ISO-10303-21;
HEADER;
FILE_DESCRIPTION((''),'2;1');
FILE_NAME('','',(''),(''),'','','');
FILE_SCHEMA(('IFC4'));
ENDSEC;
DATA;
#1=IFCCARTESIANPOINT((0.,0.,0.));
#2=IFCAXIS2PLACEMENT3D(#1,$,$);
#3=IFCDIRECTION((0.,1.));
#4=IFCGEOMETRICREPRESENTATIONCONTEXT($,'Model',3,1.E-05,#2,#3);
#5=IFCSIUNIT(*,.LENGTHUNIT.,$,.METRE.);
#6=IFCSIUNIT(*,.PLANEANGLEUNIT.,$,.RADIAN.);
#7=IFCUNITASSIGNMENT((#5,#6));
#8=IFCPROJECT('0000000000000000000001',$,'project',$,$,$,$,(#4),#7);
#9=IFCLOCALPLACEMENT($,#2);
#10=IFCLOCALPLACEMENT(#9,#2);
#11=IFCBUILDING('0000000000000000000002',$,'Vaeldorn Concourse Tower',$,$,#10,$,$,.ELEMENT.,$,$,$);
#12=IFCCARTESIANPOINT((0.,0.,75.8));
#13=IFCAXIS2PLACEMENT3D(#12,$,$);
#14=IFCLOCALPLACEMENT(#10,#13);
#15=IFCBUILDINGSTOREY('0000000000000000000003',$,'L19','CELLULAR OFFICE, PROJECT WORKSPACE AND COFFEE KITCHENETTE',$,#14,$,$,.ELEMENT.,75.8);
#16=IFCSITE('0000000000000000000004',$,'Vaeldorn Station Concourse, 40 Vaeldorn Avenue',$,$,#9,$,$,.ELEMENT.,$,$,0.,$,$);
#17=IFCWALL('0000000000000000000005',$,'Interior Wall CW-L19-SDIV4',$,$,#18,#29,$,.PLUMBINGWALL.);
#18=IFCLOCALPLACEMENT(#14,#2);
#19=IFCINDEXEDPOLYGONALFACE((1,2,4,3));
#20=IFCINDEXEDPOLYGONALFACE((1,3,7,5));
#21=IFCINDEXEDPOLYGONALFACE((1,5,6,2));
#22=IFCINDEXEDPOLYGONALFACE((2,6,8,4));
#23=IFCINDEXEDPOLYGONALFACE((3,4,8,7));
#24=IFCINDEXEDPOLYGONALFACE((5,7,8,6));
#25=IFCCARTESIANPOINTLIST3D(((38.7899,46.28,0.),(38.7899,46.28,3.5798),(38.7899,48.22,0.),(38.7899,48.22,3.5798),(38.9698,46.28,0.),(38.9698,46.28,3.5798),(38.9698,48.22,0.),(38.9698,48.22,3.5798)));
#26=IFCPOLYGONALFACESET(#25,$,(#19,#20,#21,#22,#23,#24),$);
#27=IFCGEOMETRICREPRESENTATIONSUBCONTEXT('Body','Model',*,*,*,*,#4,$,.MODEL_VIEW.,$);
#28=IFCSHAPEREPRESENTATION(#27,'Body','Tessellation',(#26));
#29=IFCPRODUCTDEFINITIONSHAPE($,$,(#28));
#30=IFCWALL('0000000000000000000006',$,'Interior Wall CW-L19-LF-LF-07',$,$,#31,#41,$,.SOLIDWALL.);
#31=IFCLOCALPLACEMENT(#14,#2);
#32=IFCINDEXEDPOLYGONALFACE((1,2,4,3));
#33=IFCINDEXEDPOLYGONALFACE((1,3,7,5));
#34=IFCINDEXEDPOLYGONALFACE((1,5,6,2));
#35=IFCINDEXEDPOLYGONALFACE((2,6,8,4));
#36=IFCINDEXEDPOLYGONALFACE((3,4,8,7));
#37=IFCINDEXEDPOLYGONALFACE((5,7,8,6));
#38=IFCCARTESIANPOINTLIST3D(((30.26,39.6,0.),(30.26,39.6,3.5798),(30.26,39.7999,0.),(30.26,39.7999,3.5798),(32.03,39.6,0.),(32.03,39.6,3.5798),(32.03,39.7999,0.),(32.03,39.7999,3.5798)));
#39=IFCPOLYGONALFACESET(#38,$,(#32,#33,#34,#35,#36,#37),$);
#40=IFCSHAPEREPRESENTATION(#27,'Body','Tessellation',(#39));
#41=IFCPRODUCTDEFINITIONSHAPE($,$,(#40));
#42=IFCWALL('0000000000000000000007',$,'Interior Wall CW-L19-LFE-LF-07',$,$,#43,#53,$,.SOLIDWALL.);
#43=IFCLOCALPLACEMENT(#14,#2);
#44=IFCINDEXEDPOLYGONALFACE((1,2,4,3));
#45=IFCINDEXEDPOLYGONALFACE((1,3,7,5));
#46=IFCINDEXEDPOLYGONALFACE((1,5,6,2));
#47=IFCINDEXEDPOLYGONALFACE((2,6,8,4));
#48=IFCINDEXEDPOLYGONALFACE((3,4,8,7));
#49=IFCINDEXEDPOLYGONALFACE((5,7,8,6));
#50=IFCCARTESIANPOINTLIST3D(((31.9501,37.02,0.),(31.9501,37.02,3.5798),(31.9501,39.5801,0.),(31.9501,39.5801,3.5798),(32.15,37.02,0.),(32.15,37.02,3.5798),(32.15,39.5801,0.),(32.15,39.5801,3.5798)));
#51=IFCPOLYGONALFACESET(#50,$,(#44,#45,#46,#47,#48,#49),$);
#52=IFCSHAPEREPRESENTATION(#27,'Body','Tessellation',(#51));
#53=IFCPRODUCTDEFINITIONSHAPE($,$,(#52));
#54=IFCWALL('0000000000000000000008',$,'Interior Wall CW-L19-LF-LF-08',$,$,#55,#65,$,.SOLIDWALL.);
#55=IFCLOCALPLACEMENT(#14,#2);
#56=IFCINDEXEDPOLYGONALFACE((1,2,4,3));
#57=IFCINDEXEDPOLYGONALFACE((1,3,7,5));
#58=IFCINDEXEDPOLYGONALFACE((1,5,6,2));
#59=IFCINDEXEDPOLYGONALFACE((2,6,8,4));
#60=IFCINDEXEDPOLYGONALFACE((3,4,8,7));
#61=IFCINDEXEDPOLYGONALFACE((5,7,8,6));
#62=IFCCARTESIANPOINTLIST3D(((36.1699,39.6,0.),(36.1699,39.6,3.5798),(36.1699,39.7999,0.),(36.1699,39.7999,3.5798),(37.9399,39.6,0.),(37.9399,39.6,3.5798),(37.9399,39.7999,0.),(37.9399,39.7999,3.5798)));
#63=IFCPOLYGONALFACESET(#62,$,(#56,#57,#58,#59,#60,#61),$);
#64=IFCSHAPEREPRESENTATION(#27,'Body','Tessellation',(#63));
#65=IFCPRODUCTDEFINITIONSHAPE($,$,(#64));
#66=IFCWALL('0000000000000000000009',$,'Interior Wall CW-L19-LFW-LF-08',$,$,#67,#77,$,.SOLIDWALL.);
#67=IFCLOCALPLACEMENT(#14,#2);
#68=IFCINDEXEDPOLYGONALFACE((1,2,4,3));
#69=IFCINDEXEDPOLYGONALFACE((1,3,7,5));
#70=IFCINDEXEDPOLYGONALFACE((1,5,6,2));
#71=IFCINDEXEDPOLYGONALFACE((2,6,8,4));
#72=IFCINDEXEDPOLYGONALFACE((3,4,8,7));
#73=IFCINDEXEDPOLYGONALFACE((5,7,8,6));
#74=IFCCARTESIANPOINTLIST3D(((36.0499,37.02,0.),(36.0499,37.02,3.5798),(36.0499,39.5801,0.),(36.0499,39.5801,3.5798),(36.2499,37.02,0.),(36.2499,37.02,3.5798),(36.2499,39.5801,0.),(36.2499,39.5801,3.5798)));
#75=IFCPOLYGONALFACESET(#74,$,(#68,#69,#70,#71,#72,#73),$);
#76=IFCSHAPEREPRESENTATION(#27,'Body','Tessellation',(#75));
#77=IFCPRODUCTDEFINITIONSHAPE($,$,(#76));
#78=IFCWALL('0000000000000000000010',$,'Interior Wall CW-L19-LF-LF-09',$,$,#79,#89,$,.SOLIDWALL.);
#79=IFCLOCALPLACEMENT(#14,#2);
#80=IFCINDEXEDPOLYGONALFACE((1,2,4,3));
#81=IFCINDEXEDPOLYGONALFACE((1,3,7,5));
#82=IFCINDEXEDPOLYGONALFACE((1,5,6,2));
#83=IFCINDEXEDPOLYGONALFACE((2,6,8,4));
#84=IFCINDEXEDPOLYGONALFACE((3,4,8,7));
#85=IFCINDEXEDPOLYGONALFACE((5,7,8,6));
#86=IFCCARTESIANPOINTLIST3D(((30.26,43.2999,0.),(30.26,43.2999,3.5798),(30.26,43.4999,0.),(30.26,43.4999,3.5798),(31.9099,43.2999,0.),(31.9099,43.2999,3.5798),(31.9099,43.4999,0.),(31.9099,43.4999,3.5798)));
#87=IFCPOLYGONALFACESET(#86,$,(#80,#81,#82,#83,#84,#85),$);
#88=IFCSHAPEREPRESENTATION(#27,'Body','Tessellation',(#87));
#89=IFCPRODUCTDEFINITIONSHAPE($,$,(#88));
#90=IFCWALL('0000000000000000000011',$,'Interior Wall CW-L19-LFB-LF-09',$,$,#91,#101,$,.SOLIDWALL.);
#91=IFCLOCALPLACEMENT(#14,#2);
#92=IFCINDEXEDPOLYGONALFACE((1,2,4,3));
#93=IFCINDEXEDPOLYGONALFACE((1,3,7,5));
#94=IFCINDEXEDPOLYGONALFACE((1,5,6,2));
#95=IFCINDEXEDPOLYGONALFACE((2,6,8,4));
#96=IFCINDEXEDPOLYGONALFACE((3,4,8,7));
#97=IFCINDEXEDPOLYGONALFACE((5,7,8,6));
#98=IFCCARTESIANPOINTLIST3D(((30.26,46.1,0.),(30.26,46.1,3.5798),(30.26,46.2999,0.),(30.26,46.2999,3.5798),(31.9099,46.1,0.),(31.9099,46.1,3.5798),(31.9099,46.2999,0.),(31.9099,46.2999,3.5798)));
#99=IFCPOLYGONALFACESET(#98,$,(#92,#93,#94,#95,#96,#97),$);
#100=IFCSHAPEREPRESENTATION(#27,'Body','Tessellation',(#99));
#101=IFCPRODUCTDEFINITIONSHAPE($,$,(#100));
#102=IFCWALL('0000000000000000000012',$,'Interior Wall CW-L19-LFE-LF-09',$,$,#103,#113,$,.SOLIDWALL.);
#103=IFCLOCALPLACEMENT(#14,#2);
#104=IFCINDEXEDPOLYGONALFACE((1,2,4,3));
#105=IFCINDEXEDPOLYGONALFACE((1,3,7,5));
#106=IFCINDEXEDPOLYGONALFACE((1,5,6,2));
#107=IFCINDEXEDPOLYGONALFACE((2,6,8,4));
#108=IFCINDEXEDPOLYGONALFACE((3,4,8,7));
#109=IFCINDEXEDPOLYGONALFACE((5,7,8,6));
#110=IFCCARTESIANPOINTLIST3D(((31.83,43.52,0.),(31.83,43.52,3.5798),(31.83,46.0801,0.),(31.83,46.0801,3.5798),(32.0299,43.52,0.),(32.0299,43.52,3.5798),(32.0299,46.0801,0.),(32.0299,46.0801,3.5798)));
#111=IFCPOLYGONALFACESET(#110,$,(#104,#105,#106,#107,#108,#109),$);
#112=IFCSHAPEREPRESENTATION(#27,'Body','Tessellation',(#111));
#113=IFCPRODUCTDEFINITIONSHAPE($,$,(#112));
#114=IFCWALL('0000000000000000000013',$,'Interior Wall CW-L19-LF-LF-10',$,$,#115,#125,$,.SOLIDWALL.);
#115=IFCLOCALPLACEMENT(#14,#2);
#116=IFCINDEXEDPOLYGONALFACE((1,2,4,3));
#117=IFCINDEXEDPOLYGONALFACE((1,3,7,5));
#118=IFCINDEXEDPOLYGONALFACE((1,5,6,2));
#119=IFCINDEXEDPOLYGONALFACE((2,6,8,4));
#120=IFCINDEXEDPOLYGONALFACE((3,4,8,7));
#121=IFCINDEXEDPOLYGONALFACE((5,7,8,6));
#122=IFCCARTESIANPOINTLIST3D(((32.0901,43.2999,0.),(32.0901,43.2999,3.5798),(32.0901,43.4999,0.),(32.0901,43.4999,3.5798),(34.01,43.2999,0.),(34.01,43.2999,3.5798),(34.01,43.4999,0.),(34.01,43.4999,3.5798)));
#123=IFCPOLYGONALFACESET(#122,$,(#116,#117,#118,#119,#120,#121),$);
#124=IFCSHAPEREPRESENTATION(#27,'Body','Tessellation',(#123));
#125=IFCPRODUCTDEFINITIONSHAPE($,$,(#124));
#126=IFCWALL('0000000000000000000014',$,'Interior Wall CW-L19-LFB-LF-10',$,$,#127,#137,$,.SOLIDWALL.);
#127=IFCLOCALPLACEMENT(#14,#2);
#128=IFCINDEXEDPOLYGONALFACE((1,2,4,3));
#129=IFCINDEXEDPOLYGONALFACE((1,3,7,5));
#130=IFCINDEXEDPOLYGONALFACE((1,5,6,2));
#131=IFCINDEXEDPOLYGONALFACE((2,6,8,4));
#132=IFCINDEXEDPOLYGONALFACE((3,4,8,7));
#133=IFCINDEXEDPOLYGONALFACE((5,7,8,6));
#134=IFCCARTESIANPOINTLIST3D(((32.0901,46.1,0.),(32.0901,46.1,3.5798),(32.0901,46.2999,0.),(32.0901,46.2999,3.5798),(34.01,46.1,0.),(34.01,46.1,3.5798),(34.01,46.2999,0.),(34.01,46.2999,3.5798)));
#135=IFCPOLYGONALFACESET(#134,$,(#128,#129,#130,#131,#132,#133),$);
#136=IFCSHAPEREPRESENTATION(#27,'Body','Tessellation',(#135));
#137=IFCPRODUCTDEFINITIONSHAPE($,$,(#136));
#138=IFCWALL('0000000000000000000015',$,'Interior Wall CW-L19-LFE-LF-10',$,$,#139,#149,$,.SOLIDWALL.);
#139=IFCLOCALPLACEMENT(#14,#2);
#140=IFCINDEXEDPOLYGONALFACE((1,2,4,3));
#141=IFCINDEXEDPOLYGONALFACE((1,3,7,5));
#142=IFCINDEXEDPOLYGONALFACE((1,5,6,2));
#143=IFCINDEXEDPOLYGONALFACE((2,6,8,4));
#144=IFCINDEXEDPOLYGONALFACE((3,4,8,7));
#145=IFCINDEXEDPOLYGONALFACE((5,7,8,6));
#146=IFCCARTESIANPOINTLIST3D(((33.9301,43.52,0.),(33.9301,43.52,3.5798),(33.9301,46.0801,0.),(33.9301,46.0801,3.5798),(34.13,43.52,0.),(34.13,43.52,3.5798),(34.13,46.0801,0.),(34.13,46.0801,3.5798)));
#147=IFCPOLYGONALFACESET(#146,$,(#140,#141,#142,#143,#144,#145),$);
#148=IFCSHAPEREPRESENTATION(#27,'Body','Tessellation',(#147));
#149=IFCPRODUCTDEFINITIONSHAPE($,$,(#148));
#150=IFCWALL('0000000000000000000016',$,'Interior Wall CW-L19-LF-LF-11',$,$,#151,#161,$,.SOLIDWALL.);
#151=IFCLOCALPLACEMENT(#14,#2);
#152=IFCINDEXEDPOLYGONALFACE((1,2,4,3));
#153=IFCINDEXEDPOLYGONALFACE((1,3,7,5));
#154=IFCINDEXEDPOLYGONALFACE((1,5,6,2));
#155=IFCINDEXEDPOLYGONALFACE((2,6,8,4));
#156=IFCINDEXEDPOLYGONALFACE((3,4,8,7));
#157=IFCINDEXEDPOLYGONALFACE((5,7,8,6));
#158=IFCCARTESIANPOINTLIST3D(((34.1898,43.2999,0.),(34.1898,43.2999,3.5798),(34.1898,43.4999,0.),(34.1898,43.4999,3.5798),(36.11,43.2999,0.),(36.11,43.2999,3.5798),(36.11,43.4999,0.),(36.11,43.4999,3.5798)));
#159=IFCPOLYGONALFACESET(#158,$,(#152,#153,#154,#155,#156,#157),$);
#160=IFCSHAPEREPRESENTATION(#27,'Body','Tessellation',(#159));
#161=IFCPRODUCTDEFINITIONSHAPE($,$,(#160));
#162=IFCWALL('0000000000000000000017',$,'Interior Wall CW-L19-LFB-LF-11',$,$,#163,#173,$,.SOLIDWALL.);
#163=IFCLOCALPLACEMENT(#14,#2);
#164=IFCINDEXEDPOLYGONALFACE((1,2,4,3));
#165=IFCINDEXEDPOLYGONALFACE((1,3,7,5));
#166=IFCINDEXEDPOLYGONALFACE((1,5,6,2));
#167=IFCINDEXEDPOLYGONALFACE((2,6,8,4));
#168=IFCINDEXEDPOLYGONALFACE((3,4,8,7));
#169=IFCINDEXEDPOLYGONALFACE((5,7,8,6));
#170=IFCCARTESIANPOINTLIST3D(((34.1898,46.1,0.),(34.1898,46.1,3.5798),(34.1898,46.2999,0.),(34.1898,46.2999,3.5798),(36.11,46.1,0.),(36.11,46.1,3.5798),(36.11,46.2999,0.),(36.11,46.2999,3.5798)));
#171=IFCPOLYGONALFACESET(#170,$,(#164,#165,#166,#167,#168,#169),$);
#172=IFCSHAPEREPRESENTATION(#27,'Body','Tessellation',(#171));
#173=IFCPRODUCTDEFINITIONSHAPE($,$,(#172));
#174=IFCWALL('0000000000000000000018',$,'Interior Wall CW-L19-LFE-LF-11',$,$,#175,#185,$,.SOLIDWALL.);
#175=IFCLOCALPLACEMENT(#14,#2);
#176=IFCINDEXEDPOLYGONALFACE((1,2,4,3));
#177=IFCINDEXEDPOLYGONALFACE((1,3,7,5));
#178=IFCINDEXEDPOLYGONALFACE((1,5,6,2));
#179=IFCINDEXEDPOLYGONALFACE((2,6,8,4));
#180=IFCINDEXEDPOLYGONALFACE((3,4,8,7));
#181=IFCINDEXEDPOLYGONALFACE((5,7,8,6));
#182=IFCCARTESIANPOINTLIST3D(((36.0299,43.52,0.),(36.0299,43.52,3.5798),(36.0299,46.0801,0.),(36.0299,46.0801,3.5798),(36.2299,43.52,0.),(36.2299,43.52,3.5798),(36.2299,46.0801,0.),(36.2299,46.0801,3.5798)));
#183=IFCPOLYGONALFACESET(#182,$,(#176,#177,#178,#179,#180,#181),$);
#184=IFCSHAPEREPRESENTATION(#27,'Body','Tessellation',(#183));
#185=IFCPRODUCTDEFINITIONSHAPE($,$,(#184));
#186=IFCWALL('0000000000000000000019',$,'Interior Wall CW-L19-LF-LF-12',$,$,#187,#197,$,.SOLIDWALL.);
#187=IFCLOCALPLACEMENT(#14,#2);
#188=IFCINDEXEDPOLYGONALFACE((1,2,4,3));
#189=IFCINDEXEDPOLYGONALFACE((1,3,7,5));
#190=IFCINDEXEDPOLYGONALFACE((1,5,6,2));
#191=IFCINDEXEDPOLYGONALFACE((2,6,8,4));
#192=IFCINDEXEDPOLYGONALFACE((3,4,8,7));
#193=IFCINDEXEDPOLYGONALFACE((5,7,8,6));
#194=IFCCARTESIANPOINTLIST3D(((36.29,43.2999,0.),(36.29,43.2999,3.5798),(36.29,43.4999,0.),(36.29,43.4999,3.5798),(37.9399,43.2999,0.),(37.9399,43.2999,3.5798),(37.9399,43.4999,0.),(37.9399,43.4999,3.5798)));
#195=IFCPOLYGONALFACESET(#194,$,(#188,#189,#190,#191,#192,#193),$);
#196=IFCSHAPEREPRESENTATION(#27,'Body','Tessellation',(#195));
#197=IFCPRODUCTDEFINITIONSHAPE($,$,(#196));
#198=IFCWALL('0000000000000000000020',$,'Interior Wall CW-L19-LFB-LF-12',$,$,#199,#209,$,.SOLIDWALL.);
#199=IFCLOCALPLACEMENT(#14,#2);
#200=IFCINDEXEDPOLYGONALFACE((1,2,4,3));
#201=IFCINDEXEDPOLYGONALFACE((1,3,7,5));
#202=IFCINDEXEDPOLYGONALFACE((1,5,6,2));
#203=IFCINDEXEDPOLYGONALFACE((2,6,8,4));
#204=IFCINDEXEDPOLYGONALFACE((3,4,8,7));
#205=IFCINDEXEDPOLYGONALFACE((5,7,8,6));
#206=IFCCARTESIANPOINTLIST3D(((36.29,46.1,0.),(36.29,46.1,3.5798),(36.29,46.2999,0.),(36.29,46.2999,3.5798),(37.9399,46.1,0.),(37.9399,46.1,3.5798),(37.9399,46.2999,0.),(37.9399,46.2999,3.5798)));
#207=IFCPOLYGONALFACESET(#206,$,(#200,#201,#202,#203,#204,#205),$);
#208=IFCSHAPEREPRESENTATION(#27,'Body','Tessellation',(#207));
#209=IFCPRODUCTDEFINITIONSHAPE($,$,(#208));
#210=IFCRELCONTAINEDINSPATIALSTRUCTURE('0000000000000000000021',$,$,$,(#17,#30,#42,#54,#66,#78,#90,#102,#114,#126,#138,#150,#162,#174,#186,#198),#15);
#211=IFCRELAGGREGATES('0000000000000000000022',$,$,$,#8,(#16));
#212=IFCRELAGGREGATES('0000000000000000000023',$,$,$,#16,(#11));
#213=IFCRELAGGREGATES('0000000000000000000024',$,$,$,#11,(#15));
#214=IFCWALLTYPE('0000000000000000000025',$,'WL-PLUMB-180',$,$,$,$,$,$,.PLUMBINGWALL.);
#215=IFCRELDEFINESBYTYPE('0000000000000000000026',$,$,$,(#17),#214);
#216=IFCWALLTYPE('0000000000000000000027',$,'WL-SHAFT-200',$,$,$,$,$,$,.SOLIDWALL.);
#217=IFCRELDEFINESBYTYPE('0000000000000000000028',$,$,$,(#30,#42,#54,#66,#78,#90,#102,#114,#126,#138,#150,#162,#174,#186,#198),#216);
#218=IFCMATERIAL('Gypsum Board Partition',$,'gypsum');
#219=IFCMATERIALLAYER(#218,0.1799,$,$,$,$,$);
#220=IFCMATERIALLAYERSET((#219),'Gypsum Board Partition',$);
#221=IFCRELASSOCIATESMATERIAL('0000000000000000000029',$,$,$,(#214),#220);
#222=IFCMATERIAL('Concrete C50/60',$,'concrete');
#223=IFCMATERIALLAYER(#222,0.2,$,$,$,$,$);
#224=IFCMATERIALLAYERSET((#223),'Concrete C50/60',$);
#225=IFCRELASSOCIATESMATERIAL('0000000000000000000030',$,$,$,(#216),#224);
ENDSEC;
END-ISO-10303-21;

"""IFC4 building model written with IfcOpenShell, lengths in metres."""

from ifc_helpers import new_model, si_unit, direction, frame, frame_2d, origin, place, context, subcontext, project, spatial, rectangle, extrude, material, layer, layer_set, type_object, element, save


model = new_model("IFC4")

# Units and contexts
model_context = context("Model", 3, precision=1e-05, world=origin(), true_north=direction((0.0, 1.0)))
body_context = subcontext(model_context, "Body", "Model", "MODEL_VIEW")
ifc_project = project(units=[si_unit("LENGTHUNIT", "METRE"), si_unit("PLANEANGLEUNIT", "RADIAN")], contexts=[model_context])

# Site, building, storey
site_placement = place(None, origin())
site = spatial("IfcSite", under=ifc_project, at=site_placement, Name="Vaeldorn Station Concourse, 40 Vaeldorn Avenue", CompositionType="ELEMENT", RefElevation=0.0)
building_placement = place(site_placement, origin())
building = spatial("IfcBuilding", under=site, at=building_placement, Name="Vaeldorn Concourse Tower", CompositionType="ELEMENT")
storey_placement = place(building_placement, frame((0.0, 0.0, 75.8)))
storey = spatial("IfcBuildingStorey", under=building, at=storey_placement, Name="L19", Description="CELLULAR OFFICE, PROJECT WORKSPACE AND COFFEE KITCHENETTE", CompositionType="ELEMENT", Elevation=75.8)

# Shared definitions
ifc_material_1 = material(Name="Gypsum Board Partition", Category="gypsum")

# Walls
ifc_layer_1 = layer(ifc_material_1, 0.1799)
ifc_layer_set_1 = layer_set([ifc_layer_1], Name="Gypsum Board Partition")
wall_type_1 = type_object("IfcWallType", Name="WL-PLUMB-180", PredefinedType="PLUMBINGWALL", material=ifc_layer_set_1)
for number, where, z_axis, x_axis, name in (
    (1, (38.8799, 46.28, 0.0), (0.0, 0.0, 1.0), (0.0, 1.0, 0.0), "Interior Wall CW-L19-SDIV4"),
):
    element("IfcWall", number, at=place(storey_placement, frame(where, z_axis=z_axis, x_axis=x_axis)), inside=storey, type_object=wall_type_1, Name=name, PredefinedType="PLUMBINGWALL", context=body_context, shape_type="SweptSolid", body=[
        extrude(rectangle(XDim=1.9399, YDim=0.1799, at=frame_2d((0.97, 0.0))), origin(), (0.0, 0.0, 1.0), 3.5798),
    ])
ifc_material_2 = material(Name="Concrete C50/60", Category="concrete")
ifc_layer_2 = layer(ifc_material_2, 0.2)
ifc_layer_set_2 = layer_set([ifc_layer_2], Name="Concrete C50/60")
wall_type_2 = type_object("IfcWallType", Name="WL-SHAFT-200", PredefinedType="SOLIDWALL", material=ifc_layer_set_2)
wall_1_placement = place(storey_placement, frame((30.26, 39.7, 0.0), z_axis=(0.0, 0.0, 1.0), x_axis=(1.0, 0.0, 0.0)))
element("IfcWall", 2, at=wall_1_placement, inside=storey, type_object=wall_type_2, Name="Interior Wall CW-L19-LF-LF-07", PredefinedType="SOLIDWALL", context=body_context, shape_type="SweptSolid", body=[
    extrude(rectangle(XDim=1.77, YDim=0.2, at=frame_2d((0.885, 0.0))), origin(), (0.0, 0.0, 1.0), 3.5798),
])
wall_2_placement = place(storey_placement, frame((32.05, 37.02, 0.0), z_axis=(0.0, 0.0, 1.0), x_axis=(0.0, 1.0, 0.0)))
element("IfcWall", 3, at=wall_2_placement, inside=storey, type_object=wall_type_2, Name="Interior Wall CW-L19-LFE-LF-07", PredefinedType="SOLIDWALL", context=body_context, shape_type="SweptSolid", body=[
    extrude(rectangle(XDim=2.5601, YDim=0.2, at=frame_2d((1.28, 0.0))), origin(), (0.0, 0.0, 1.0), 3.5798),
])
wall_3_placement = place(storey_placement, frame((36.1699, 39.7, 0.0), z_axis=(0.0, 0.0, 1.0), x_axis=(1.0, 0.0, 0.0)))
element("IfcWall", 4, at=wall_3_placement, inside=storey, type_object=wall_type_2, Name="Interior Wall CW-L19-LF-LF-08", PredefinedType="SOLIDWALL", context=body_context, shape_type="SweptSolid", body=[
    extrude(rectangle(XDim=1.77, YDim=0.2, at=frame_2d((0.885, 0.0))), origin(), (0.0, 0.0, 1.0), 3.5798),
])
wall_4_placement = place(storey_placement, frame((36.1499, 37.02, 0.0), z_axis=(0.0, 0.0, 1.0), x_axis=(0.0, 1.0, 0.0)))
element("IfcWall", 5, at=wall_4_placement, inside=storey, type_object=wall_type_2, Name="Interior Wall CW-L19-LFW-LF-08", PredefinedType="SOLIDWALL", context=body_context, shape_type="SweptSolid", body=[
    extrude(rectangle(XDim=2.5601, YDim=0.2, at=frame_2d((1.28, 0.0))), origin(), (0.0, 0.0, 1.0), 3.5798),
])
for number, where, z_axis, x_axis, name in (
    (6, (30.26, 43.3999, 0.0), (0.0, 0.0, 1.0), (1.0, 0.0, 0.0), "Interior Wall CW-L19-LF-LF-09"),
    (7, (30.26, 46.2, 0.0), (0.0, 0.0, 1.0), (1.0, 0.0, 0.0), "Interior Wall CW-L19-LFB-LF-09"),
):
    element("IfcWall", number, at=place(storey_placement, frame(where, z_axis=z_axis, x_axis=x_axis)), inside=storey, type_object=wall_type_2, Name=name, PredefinedType="SOLIDWALL", context=body_context, shape_type="SweptSolid", body=[
        extrude(rectangle(XDim=1.6499, YDim=0.2, at=frame_2d((0.825, 0.0))), origin(), (0.0, 0.0, 1.0), 3.5798),
    ])
wall_5_placement = place(storey_placement, frame((31.9299, 43.52, 0.0), z_axis=(0.0, 0.0, 1.0), x_axis=(0.0, 1.0, 0.0)))
element("IfcWall", 8, at=wall_5_placement, inside=storey, type_object=wall_type_2, Name="Interior Wall CW-L19-LFE-LF-09", PredefinedType="SOLIDWALL", context=body_context, shape_type="SweptSolid", body=[
    extrude(rectangle(XDim=2.5601, YDim=0.2, at=frame_2d((1.28, 0.0))), origin(), (0.0, 0.0, 1.0), 3.5798),
])
for number, where, z_axis, x_axis, name in (
    (9, (32.0901, 43.3999, 0.0), (0.0, 0.0, 1.0), (1.0, 0.0, 0.0), "Interior Wall CW-L19-LF-LF-10"),
    (10, (32.0901, 46.2, 0.0), (0.0, 0.0, 1.0), (1.0, 0.0, 0.0), "Interior Wall CW-L19-LFB-LF-10"),
):
    element("IfcWall", number, at=place(storey_placement, frame(where, z_axis=z_axis, x_axis=x_axis)), inside=storey, type_object=wall_type_2, Name=name, PredefinedType="SOLIDWALL", context=body_context, shape_type="SweptSolid", body=[
        extrude(rectangle(XDim=1.9199, YDim=0.2, at=frame_2d((0.96, 0.0))), origin(), (0.0, 0.0, 1.0), 3.5798),
    ])
wall_6_placement = place(storey_placement, frame((34.03, 43.52, 0.0), z_axis=(0.0, 0.0, 1.0), x_axis=(0.0, 1.0, 0.0)))
element("IfcWall", 11, at=wall_6_placement, inside=storey, type_object=wall_type_2, Name="Interior Wall CW-L19-LFE-LF-10", PredefinedType="SOLIDWALL", context=body_context, shape_type="SweptSolid", body=[
    extrude(rectangle(XDim=2.5601, YDim=0.2, at=frame_2d((1.28, 0.0))), origin(), (0.0, 0.0, 1.0), 3.5798),
])
for number, where, z_axis, x_axis, name in (
    (12, (34.1899, 43.3999, 0.0), (0.0, 0.0, 1.0), (1.0, 0.0, 0.0), "Interior Wall CW-L19-LF-LF-11"),
    (13, (34.1899, 46.2, 0.0), (0.0, 0.0, 1.0), (1.0, 0.0, 0.0), "Interior Wall CW-L19-LFB-LF-11"),
):
    element("IfcWall", number, at=place(storey_placement, frame(where, z_axis=z_axis, x_axis=x_axis)), inside=storey, type_object=wall_type_2, Name=name, PredefinedType="SOLIDWALL", context=body_context, shape_type="SweptSolid", body=[
        extrude(rectangle(XDim=1.9202, YDim=0.2, at=frame_2d((0.96, 0.0))), origin(), (0.0, 0.0, 1.0), 3.5798),
    ])
wall_7_placement = place(storey_placement, frame((36.1299, 43.52, 0.0), z_axis=(0.0, 0.0, 1.0), x_axis=(0.0, 1.0, 0.0)))
element("IfcWall", 14, at=wall_7_placement, inside=storey, type_object=wall_type_2, Name="Interior Wall CW-L19-LFE-LF-11", PredefinedType="SOLIDWALL", context=body_context, shape_type="SweptSolid", body=[
    extrude(rectangle(XDim=2.5601, YDim=0.2, at=frame_2d((1.28, 0.0))), origin(), (0.0, 0.0, 1.0), 3.5798),
])
for number, where, z_axis, x_axis, name in (
    (15, (36.29, 43.3999, 0.0), (0.0, 0.0, 1.0), (1.0, 0.0, 0.0), "Interior Wall CW-L19-LF-LF-12"),
    (16, (36.29, 46.2, 0.0), (0.0, 0.0, 1.0), (1.0, 0.0, 0.0), "Interior Wall CW-L19-LFB-LF-12"),
):
    element("IfcWall", number, at=place(storey_placement, frame(where, z_axis=z_axis, x_axis=x_axis)), inside=storey, type_object=wall_type_2, Name=name, PredefinedType="SOLIDWALL", context=body_context, shape_type="SweptSolid", body=[
        extrude(rectangle(XDim=1.6499, YDim=0.2, at=frame_2d((0.825, 0.0))), origin(), (0.0, 0.0, 1.0), 3.5798),
    ])

save(model, "model.ifc")
